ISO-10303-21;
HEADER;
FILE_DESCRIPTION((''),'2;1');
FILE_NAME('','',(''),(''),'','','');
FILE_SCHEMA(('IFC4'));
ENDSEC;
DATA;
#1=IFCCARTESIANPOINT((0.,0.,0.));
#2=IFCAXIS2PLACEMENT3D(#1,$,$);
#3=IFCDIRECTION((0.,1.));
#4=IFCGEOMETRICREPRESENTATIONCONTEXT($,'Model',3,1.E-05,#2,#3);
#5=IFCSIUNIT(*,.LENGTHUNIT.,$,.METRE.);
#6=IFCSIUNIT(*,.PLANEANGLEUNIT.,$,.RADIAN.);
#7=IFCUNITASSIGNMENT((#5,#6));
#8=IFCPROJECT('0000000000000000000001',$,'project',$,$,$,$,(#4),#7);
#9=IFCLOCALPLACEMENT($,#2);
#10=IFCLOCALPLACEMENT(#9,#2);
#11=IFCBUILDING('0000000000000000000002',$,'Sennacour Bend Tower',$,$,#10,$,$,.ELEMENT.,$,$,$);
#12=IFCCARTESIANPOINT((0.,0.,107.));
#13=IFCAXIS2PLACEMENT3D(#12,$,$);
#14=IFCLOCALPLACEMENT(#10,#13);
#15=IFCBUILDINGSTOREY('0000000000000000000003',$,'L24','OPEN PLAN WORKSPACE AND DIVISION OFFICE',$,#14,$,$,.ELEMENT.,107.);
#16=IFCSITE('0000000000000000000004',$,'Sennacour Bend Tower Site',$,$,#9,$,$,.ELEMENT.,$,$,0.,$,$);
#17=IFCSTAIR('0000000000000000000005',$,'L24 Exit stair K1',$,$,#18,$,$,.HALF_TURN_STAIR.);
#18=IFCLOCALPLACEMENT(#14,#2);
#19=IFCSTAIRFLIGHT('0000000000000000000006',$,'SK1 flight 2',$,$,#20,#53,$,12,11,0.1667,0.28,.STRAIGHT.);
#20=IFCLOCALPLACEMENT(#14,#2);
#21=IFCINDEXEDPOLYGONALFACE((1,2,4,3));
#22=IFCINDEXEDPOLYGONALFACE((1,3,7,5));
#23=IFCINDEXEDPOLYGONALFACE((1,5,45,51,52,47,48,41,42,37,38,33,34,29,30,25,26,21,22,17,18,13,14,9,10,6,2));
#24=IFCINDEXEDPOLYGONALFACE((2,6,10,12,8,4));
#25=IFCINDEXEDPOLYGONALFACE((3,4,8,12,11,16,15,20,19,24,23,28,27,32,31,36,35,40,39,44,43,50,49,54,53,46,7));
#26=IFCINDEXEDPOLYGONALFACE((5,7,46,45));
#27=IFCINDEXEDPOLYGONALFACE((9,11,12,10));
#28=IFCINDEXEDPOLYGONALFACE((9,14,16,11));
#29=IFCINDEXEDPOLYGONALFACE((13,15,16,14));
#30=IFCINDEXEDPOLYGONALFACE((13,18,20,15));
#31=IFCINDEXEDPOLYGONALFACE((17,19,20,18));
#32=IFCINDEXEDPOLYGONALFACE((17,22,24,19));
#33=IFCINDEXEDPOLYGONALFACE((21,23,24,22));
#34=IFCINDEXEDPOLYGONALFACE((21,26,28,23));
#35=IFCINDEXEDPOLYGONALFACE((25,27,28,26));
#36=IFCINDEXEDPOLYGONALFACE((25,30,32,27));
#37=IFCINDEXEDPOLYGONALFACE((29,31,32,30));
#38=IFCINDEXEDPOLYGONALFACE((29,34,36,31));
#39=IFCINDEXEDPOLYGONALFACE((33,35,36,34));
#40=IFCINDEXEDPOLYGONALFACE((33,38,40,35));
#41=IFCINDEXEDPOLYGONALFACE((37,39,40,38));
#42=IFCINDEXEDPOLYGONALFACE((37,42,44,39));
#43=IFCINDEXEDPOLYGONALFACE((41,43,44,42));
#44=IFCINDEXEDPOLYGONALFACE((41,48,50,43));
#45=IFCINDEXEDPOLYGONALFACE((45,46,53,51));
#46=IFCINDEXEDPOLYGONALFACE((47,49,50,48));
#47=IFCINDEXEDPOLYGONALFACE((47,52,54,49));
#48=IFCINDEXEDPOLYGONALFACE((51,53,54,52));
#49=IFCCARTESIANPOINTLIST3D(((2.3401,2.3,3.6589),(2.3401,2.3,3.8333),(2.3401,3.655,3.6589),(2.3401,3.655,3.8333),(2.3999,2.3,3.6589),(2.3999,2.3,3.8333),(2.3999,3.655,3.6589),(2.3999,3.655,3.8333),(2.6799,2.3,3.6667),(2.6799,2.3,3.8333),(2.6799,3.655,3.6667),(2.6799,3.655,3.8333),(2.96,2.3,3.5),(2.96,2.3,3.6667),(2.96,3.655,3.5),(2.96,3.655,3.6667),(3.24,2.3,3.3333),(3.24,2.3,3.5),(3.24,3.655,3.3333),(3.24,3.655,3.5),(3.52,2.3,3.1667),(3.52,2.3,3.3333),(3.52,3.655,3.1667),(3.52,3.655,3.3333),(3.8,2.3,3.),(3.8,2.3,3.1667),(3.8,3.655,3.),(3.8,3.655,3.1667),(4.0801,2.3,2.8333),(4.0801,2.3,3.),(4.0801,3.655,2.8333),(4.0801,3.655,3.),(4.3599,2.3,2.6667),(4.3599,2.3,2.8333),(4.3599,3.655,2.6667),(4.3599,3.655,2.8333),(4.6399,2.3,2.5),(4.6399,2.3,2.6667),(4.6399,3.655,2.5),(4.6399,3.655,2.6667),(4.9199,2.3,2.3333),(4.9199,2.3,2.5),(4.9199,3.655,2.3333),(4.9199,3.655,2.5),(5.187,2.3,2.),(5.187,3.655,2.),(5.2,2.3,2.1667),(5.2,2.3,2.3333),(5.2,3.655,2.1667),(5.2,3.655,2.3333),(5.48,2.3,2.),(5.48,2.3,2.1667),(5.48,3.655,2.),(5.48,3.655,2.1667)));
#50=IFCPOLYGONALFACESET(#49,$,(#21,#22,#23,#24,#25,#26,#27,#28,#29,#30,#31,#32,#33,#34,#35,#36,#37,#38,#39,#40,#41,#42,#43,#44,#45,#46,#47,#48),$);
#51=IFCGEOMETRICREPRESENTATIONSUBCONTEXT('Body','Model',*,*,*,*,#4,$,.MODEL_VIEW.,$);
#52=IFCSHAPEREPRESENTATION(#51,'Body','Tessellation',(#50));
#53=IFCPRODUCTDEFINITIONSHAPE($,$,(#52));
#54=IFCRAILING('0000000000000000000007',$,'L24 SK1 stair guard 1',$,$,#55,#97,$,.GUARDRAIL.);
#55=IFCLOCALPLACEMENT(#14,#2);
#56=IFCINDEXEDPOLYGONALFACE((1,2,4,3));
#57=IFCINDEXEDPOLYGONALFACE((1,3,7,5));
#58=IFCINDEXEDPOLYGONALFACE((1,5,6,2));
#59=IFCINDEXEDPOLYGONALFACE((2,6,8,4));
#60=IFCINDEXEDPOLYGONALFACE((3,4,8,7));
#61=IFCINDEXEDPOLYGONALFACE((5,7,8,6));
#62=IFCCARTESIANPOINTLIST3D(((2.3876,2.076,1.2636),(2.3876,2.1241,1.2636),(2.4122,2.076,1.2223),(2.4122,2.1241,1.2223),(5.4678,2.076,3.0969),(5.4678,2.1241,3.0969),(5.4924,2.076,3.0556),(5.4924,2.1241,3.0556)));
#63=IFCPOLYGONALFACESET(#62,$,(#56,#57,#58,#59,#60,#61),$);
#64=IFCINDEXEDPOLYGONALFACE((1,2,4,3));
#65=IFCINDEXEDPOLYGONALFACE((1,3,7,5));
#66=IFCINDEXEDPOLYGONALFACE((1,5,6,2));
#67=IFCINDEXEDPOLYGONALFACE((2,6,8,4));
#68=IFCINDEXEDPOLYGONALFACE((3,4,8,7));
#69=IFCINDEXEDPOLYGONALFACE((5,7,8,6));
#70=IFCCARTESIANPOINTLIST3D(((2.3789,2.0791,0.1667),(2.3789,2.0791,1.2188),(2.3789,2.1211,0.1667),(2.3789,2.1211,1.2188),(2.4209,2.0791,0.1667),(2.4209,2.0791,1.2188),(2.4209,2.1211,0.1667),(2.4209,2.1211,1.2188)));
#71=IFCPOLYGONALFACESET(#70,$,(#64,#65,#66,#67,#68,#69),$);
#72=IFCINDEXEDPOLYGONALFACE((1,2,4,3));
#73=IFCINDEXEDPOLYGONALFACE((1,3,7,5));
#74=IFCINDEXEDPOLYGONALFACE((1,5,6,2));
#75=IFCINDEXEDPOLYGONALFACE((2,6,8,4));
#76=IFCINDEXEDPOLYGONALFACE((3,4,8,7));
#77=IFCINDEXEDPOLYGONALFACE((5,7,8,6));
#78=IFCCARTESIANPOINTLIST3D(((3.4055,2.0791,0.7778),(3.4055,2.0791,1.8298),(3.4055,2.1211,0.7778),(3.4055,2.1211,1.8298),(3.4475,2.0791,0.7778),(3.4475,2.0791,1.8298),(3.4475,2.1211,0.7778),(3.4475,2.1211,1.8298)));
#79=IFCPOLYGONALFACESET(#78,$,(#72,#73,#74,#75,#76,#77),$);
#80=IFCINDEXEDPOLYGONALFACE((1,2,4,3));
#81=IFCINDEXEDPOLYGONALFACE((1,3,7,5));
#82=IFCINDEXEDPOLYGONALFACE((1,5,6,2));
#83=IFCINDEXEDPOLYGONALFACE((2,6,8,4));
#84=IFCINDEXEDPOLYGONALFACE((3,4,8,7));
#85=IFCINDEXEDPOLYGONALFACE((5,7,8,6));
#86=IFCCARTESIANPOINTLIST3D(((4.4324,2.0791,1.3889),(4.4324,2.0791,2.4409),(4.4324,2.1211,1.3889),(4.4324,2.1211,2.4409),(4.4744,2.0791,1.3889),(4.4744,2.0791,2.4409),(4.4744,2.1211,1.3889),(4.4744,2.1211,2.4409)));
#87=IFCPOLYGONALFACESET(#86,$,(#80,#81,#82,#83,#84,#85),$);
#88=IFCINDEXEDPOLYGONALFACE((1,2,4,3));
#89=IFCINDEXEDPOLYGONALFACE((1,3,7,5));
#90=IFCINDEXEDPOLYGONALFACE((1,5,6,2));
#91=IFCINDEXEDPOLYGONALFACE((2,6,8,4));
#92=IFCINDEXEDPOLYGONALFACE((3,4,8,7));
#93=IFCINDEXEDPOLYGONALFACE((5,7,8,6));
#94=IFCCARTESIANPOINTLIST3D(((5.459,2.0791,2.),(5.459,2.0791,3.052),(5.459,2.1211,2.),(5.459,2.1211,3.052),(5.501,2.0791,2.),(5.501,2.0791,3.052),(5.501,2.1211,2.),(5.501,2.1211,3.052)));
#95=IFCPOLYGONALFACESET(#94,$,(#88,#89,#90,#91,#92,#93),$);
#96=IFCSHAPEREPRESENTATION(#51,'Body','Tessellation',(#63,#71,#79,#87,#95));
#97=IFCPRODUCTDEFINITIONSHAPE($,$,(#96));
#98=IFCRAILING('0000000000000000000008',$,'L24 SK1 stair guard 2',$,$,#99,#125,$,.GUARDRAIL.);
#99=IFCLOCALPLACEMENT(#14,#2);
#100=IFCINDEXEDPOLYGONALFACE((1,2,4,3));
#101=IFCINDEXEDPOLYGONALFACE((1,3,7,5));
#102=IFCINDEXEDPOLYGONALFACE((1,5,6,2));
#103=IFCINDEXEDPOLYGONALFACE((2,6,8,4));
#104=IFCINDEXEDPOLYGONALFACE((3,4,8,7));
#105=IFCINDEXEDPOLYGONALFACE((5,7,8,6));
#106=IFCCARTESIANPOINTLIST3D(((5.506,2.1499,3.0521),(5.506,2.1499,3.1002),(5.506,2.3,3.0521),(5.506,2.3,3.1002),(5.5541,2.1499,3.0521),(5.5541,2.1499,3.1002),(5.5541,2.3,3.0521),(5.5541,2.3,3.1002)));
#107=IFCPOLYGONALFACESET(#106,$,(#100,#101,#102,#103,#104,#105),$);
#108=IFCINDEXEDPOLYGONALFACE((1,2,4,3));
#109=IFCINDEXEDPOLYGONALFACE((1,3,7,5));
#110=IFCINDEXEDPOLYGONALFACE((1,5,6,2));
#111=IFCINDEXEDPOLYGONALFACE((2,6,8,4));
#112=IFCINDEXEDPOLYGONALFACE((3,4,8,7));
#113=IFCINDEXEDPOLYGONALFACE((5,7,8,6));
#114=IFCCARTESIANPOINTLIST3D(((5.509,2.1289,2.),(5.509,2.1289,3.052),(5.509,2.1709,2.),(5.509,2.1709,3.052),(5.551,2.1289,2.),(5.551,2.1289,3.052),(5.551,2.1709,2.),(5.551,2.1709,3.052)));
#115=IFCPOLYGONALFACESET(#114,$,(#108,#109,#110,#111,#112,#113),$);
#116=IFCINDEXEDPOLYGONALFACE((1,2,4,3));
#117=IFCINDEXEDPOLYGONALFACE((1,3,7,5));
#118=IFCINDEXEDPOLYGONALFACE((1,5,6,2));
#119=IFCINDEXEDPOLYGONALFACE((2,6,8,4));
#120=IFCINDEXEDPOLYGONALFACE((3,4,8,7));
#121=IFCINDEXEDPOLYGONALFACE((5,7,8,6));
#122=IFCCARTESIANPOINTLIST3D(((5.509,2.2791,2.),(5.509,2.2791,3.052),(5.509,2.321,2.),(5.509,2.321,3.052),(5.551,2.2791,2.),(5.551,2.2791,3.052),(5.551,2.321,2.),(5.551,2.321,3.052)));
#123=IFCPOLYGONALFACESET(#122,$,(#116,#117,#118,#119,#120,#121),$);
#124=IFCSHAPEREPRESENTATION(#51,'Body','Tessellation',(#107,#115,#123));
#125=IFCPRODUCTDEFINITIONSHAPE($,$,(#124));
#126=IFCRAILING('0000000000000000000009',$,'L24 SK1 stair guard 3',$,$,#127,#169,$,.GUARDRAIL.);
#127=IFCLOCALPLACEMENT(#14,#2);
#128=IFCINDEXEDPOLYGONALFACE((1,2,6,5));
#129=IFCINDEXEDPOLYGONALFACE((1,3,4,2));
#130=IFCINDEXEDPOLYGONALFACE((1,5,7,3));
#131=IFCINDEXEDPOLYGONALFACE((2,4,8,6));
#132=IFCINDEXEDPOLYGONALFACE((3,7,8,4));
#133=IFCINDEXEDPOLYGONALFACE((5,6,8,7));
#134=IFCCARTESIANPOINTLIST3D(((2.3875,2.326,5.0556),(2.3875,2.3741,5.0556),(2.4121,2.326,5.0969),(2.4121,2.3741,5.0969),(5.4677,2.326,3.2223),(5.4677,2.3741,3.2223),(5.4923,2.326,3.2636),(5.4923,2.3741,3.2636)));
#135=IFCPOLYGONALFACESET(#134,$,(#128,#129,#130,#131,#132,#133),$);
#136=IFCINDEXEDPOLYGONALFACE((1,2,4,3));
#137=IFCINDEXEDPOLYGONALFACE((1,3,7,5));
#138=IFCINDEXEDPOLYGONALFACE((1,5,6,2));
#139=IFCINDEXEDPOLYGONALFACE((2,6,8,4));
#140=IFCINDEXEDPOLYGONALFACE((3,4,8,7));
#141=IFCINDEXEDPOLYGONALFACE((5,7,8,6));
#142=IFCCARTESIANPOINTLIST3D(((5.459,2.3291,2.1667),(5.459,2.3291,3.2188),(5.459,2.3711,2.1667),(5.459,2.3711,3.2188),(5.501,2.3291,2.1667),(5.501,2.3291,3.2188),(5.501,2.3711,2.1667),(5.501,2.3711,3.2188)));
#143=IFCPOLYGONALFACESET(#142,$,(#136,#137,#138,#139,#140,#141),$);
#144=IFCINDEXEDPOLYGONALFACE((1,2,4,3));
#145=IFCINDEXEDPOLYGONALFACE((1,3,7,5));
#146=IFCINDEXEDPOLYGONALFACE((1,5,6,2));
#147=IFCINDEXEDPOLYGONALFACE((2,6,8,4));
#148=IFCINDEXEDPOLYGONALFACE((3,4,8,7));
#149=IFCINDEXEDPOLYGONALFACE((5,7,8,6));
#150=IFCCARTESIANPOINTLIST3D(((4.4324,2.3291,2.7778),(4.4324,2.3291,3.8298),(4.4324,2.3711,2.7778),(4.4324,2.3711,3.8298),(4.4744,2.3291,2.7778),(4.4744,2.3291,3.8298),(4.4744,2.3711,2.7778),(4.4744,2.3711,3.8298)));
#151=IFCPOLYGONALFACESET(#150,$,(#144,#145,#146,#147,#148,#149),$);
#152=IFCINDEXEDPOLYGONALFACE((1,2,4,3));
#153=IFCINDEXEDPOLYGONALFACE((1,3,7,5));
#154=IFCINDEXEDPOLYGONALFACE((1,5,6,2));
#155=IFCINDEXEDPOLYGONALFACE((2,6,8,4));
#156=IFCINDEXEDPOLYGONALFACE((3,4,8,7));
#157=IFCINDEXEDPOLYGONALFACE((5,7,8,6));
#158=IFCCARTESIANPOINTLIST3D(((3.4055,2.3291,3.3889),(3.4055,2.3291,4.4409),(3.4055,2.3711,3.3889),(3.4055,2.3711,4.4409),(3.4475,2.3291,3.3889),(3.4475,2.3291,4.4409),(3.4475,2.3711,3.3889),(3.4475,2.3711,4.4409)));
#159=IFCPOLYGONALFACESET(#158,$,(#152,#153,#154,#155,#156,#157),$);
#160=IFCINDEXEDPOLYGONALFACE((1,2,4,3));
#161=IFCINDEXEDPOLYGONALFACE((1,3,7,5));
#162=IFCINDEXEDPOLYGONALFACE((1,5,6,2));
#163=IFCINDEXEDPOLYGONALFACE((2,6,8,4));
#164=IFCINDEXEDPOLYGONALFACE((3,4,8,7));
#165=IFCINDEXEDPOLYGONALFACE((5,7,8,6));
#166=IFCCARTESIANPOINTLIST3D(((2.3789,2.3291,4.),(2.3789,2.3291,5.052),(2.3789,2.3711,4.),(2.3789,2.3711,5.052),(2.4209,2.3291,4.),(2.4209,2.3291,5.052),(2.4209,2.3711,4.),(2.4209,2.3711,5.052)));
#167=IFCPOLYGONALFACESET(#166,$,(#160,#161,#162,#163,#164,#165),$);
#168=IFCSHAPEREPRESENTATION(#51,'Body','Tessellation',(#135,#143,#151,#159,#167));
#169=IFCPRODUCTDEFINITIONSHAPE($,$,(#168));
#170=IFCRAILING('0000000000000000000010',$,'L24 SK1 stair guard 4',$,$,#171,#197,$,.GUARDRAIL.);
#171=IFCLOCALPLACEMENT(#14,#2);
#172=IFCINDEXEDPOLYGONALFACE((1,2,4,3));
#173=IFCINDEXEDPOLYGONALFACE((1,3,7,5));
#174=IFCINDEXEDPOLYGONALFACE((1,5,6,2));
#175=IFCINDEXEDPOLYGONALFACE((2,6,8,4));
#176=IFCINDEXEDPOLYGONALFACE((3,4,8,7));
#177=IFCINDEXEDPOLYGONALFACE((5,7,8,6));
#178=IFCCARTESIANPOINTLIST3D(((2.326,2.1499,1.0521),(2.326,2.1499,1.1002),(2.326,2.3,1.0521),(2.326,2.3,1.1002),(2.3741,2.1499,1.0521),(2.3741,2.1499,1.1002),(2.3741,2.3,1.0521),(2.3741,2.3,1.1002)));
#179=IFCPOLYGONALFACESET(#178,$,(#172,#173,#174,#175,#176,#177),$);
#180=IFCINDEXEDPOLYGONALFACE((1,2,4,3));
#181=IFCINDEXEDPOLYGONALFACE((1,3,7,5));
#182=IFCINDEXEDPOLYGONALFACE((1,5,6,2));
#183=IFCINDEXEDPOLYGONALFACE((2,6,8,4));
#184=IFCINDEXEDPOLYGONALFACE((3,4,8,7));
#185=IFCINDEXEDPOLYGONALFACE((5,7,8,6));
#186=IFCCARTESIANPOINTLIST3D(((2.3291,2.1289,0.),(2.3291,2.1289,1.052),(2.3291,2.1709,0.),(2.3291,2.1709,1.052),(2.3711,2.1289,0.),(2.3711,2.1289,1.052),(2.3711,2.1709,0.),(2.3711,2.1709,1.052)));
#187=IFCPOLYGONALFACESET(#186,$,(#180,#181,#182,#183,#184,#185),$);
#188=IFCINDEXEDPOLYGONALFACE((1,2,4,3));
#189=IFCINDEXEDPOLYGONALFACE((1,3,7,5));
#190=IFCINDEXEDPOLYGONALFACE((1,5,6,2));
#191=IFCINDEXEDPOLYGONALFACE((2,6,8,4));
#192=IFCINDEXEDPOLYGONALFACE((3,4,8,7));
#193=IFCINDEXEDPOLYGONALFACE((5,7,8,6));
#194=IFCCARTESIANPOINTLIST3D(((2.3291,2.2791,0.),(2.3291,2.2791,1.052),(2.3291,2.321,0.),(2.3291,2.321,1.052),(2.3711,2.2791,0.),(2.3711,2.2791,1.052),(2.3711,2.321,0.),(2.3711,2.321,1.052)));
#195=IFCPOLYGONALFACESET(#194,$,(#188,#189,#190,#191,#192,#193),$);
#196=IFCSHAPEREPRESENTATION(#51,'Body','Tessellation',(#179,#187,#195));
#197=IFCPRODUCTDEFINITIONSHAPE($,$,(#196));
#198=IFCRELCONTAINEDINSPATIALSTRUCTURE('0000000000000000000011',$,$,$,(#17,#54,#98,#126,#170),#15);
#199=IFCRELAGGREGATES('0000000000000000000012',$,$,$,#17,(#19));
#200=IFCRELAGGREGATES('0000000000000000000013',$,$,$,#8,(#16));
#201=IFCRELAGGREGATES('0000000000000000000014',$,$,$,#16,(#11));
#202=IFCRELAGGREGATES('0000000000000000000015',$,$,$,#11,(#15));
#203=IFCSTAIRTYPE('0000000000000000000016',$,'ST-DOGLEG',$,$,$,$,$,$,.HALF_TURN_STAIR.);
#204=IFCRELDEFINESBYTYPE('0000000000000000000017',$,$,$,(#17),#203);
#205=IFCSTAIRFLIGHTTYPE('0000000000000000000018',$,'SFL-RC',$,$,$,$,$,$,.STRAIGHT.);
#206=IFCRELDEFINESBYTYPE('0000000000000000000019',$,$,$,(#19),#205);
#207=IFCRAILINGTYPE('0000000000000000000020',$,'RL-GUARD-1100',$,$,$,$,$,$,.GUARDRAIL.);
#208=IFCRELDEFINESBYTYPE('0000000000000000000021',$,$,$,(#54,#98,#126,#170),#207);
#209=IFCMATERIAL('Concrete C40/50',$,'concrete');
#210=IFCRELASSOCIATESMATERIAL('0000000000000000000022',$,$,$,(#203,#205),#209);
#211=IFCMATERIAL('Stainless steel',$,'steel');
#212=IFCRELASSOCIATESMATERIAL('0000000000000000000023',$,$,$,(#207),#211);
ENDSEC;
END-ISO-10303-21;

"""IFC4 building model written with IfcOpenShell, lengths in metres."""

from ifc_helpers import new_model, si_unit, direction, frame, origin, origin_2d, place, context, subcontext, project, spatial, polyline, rectangle, outline, extrude, material, type_object, element, aggregate, save


model = new_model("IFC4")

# Units and contexts
model_context = context("Model", 3, precision=1e-05, world=origin(), true_north=direction((0.0, 1.0)))
body_context = subcontext(model_context, "Body", "Model", "MODEL_VIEW")
ifc_project = project(units=[si_unit("LENGTHUNIT", "METRE"), si_unit("PLANEANGLEUNIT", "RADIAN")], contexts=[model_context])

# Site, building, storey
site_placement = place(None, origin())
site = spatial("IfcSite", under=ifc_project, at=site_placement, Name="Sennacour Bend Tower Site", CompositionType="ELEMENT", RefElevation=0.0)
building_placement = place(site_placement, origin())
building = spatial("IfcBuilding", under=site, at=building_placement, Name="Sennacour Bend Tower", CompositionType="ELEMENT")
storey_placement = place(building_placement, frame((0.0, 0.0, 107.0)))
storey = spatial("IfcBuildingStorey", under=building, at=storey_placement, Name="L24", Description="OPEN PLAN WORKSPACE AND DIVISION OFFICE", CompositionType="ELEMENT", Elevation=107.0)

# Stair, stair flight
ifc_material_1 = material(Name="Concrete C40/50", Category="concrete")
stair_type = type_object("IfcStairType", Name="ST-DOGLEG", PredefinedType="HALF_TURN_STAIR", material=ifc_material_1)
stair_placement = place(storey_placement, origin())
stair = element("IfcStair", 1, at=stair_placement, inside=storey, type_object=stair_type, Name="L24 Exit stair K1", PredefinedType="HALF_TURN_STAIR")
stair_flight_type = type_object("IfcStairFlightType", Name="SFL-RC", PredefinedType="STRAIGHT", material=ifc_material_1)
stair_flight_1_placement = place(storey_placement, frame((5.48, 2.9775, 2.0), z_axis=(0.0, 0.0, 1.0), x_axis=(-1.0, 0.0, 0.0)))
stair_flight_1 = element("IfcStairFlight", 2, at=stair_flight_1_placement, type_object=stair_flight_type, Name="SK1 flight 2", NumberOfRisers=12, NumberOfTreads=11, PredefinedType="STRAIGHT", RiserHeight=0.1667, TreadLength=0.28, context=body_context, shape_type="SweptSolid", body=[
    extrude(outline(polyline([(0.0, 0.0), (0.0, 0.1667), (0.28, 0.1667), (0.28, 0.3333), (0.5601, 0.3333), (0.5601, 0.5), (0.8401, 0.5), (0.8401, 0.6667), (1.1201, 0.6667), (1.1201, 0.8333), (1.3999, 0.8333), (1.3999, 1.0), (1.6799, 1.0), (1.6799, 1.1667), (1.96, 1.1667), (1.96, 1.3333), (2.24, 1.3333), (2.24, 1.5), (2.52, 1.5), (2.52, 1.6667), (2.8, 1.6667), (2.8, 1.8333), (3.0801, 1.8333), (3.1399, 1.8333), (3.1399, 1.6589), (3.0801, 1.6589), (0.293, 0.0), (0.0, 0.0)])), frame((0.0, 0.6775, 0.0), z_axis=(0.0, -1.0, 0.0), x_axis=(1.0, 0.0, 0.0)), (0.0, 0.0, 1.0), 1.355),
])
aggregate(stair, [stair_flight_1])

# Railings
ifc_material_2 = material(Name="Stainless steel", Category="steel")
railing_type_1 = type_object("IfcRailingType", Name="RL-GUARD-1100", PredefinedType="GUARDRAIL", material=ifc_material_2)
railing_1_placement = place(storey_placement, frame((2.3999, 2.1001, 0.1667)))
element("IfcRailing", 3, at=railing_1_placement, inside=storey, type_object=railing_type_1, Name="L24 SK1 stair guard 1", PredefinedType="GUARDRAIL", context=body_context, shape_type="SweptSolid", body=[
    extrude(rectangle(XDim=0.0481, YDim=0.0481, at=origin_2d()), frame((0.0, 0.0, 1.0762), z_axis=(0.859309, 0.0, 0.511458), x_axis=(0.0, 1.0, 0.0)), (0.0, 0.0, 1.0), 3.5845),
    extrude(rectangle(XDim=0.042, YDim=0.042, at=origin_2d()), origin(), (0.0, 0.0, 1.0), 1.052),
    extrude(rectangle(XDim=0.042, YDim=0.042, at=origin_2d()), frame((1.0266, 0.0, 0.6111)), (0.0, 0.0, 1.0), 1.052),
    extrude(rectangle(XDim=0.042, YDim=0.042, at=origin_2d()), frame((2.0535, 0.0, 1.2222)), (0.0, 0.0, 1.0), 1.052),
    extrude(rectangle(XDim=0.042, YDim=0.042, at=origin_2d()), frame((3.0801, 0.0, 1.8333)), (0.0, 0.0, 1.0), 1.052),
])
railing_2_placement = place(storey_placement, frame((5.53, 2.1499, 2.0)))
element("IfcRailing", 4, at=railing_2_placement, inside=storey, type_object=railing_type_1, Name="L24 SK1 stair guard 2", PredefinedType="GUARDRAIL", context=body_context, shape_type="SweptSolid", body=[
    extrude(rectangle(XDim=0.0481, YDim=0.0481, at=origin_2d()), frame((0.0, 0.0, 1.0762), z_axis=(0.0, 1.0, 0.0), x_axis=(-1.0, 0.0, 0.0)), (0.0, 0.0, 1.0), 0.1501),
    extrude(rectangle(XDim=0.042, YDim=0.042, at=origin_2d()), origin(), (0.0, 0.0, 1.0), 1.052),
    extrude(rectangle(XDim=0.042, YDim=0.042, at=origin_2d()), frame((0.0, 0.1501, 0.0)), (0.0, 0.0, 1.0), 1.052),
])
railing_3_placement = place(storey_placement, frame((5.48, 2.3501, 2.1667)))
element("IfcRailing", 5, at=railing_3_placement, inside=storey, type_object=railing_type_1, Name="L24 SK1 stair guard 3", PredefinedType="GUARDRAIL", context=body_context, shape_type="SweptSolid", body=[
    extrude(rectangle(XDim=0.0481, YDim=0.0481, at=origin_2d()), frame((0.0, 0.0, 1.0762), z_axis=(-0.859309, 0.0, 0.511458), x_axis=(0.0, -1.0, 0.0)), (0.0, 0.0, 1.0), 3.5845),
    extrude(rectangle(XDim=0.042, YDim=0.042, at=origin_2d()), origin(), (0.0, 0.0, 1.0), 1.052),
    extrude(rectangle(XDim=0.042, YDim=0.042, at=origin_2d()), frame((-1.0266, 0.0, 0.6111)), (0.0, 0.0, 1.0), 1.052),
    extrude(rectangle(XDim=0.042, YDim=0.042, at=origin_2d()), frame((-2.0535, 0.0, 1.2222)), (0.0, 0.0, 1.0), 1.052),
    extrude(rectangle(XDim=0.042, YDim=0.042, at=origin_2d()), frame((-3.0801, 0.0, 1.8333)), (0.0, 0.0, 1.0), 1.052),
])
railing_4_placement = place(storey_placement, frame((2.3501, 2.1499, 0.0)))
element("IfcRailing", 6, at=railing_4_placement, inside=storey, type_object=railing_type_1, Name="L24 SK1 stair guard 4", PredefinedType="GUARDRAIL", context=body_context, shape_type="SweptSolid", body=[
    extrude(rectangle(XDim=0.0481, YDim=0.0481, at=origin_2d()), frame((0.0, 0.0, 1.0762), z_axis=(0.0, 1.0, 0.0), x_axis=(-1.0, 0.0, 0.0)), (0.0, 0.0, 1.0), 0.1501),
    extrude(rectangle(XDim=0.042, YDim=0.042, at=origin_2d()), origin(), (0.0, 0.0, 1.0), 1.052),
    extrude(rectangle(XDim=0.042, YDim=0.042, at=origin_2d()), frame((0.0, 0.1501, 0.0)), (0.0, 0.0, 1.0), 1.052),
])

save(model, "model.ifc")
